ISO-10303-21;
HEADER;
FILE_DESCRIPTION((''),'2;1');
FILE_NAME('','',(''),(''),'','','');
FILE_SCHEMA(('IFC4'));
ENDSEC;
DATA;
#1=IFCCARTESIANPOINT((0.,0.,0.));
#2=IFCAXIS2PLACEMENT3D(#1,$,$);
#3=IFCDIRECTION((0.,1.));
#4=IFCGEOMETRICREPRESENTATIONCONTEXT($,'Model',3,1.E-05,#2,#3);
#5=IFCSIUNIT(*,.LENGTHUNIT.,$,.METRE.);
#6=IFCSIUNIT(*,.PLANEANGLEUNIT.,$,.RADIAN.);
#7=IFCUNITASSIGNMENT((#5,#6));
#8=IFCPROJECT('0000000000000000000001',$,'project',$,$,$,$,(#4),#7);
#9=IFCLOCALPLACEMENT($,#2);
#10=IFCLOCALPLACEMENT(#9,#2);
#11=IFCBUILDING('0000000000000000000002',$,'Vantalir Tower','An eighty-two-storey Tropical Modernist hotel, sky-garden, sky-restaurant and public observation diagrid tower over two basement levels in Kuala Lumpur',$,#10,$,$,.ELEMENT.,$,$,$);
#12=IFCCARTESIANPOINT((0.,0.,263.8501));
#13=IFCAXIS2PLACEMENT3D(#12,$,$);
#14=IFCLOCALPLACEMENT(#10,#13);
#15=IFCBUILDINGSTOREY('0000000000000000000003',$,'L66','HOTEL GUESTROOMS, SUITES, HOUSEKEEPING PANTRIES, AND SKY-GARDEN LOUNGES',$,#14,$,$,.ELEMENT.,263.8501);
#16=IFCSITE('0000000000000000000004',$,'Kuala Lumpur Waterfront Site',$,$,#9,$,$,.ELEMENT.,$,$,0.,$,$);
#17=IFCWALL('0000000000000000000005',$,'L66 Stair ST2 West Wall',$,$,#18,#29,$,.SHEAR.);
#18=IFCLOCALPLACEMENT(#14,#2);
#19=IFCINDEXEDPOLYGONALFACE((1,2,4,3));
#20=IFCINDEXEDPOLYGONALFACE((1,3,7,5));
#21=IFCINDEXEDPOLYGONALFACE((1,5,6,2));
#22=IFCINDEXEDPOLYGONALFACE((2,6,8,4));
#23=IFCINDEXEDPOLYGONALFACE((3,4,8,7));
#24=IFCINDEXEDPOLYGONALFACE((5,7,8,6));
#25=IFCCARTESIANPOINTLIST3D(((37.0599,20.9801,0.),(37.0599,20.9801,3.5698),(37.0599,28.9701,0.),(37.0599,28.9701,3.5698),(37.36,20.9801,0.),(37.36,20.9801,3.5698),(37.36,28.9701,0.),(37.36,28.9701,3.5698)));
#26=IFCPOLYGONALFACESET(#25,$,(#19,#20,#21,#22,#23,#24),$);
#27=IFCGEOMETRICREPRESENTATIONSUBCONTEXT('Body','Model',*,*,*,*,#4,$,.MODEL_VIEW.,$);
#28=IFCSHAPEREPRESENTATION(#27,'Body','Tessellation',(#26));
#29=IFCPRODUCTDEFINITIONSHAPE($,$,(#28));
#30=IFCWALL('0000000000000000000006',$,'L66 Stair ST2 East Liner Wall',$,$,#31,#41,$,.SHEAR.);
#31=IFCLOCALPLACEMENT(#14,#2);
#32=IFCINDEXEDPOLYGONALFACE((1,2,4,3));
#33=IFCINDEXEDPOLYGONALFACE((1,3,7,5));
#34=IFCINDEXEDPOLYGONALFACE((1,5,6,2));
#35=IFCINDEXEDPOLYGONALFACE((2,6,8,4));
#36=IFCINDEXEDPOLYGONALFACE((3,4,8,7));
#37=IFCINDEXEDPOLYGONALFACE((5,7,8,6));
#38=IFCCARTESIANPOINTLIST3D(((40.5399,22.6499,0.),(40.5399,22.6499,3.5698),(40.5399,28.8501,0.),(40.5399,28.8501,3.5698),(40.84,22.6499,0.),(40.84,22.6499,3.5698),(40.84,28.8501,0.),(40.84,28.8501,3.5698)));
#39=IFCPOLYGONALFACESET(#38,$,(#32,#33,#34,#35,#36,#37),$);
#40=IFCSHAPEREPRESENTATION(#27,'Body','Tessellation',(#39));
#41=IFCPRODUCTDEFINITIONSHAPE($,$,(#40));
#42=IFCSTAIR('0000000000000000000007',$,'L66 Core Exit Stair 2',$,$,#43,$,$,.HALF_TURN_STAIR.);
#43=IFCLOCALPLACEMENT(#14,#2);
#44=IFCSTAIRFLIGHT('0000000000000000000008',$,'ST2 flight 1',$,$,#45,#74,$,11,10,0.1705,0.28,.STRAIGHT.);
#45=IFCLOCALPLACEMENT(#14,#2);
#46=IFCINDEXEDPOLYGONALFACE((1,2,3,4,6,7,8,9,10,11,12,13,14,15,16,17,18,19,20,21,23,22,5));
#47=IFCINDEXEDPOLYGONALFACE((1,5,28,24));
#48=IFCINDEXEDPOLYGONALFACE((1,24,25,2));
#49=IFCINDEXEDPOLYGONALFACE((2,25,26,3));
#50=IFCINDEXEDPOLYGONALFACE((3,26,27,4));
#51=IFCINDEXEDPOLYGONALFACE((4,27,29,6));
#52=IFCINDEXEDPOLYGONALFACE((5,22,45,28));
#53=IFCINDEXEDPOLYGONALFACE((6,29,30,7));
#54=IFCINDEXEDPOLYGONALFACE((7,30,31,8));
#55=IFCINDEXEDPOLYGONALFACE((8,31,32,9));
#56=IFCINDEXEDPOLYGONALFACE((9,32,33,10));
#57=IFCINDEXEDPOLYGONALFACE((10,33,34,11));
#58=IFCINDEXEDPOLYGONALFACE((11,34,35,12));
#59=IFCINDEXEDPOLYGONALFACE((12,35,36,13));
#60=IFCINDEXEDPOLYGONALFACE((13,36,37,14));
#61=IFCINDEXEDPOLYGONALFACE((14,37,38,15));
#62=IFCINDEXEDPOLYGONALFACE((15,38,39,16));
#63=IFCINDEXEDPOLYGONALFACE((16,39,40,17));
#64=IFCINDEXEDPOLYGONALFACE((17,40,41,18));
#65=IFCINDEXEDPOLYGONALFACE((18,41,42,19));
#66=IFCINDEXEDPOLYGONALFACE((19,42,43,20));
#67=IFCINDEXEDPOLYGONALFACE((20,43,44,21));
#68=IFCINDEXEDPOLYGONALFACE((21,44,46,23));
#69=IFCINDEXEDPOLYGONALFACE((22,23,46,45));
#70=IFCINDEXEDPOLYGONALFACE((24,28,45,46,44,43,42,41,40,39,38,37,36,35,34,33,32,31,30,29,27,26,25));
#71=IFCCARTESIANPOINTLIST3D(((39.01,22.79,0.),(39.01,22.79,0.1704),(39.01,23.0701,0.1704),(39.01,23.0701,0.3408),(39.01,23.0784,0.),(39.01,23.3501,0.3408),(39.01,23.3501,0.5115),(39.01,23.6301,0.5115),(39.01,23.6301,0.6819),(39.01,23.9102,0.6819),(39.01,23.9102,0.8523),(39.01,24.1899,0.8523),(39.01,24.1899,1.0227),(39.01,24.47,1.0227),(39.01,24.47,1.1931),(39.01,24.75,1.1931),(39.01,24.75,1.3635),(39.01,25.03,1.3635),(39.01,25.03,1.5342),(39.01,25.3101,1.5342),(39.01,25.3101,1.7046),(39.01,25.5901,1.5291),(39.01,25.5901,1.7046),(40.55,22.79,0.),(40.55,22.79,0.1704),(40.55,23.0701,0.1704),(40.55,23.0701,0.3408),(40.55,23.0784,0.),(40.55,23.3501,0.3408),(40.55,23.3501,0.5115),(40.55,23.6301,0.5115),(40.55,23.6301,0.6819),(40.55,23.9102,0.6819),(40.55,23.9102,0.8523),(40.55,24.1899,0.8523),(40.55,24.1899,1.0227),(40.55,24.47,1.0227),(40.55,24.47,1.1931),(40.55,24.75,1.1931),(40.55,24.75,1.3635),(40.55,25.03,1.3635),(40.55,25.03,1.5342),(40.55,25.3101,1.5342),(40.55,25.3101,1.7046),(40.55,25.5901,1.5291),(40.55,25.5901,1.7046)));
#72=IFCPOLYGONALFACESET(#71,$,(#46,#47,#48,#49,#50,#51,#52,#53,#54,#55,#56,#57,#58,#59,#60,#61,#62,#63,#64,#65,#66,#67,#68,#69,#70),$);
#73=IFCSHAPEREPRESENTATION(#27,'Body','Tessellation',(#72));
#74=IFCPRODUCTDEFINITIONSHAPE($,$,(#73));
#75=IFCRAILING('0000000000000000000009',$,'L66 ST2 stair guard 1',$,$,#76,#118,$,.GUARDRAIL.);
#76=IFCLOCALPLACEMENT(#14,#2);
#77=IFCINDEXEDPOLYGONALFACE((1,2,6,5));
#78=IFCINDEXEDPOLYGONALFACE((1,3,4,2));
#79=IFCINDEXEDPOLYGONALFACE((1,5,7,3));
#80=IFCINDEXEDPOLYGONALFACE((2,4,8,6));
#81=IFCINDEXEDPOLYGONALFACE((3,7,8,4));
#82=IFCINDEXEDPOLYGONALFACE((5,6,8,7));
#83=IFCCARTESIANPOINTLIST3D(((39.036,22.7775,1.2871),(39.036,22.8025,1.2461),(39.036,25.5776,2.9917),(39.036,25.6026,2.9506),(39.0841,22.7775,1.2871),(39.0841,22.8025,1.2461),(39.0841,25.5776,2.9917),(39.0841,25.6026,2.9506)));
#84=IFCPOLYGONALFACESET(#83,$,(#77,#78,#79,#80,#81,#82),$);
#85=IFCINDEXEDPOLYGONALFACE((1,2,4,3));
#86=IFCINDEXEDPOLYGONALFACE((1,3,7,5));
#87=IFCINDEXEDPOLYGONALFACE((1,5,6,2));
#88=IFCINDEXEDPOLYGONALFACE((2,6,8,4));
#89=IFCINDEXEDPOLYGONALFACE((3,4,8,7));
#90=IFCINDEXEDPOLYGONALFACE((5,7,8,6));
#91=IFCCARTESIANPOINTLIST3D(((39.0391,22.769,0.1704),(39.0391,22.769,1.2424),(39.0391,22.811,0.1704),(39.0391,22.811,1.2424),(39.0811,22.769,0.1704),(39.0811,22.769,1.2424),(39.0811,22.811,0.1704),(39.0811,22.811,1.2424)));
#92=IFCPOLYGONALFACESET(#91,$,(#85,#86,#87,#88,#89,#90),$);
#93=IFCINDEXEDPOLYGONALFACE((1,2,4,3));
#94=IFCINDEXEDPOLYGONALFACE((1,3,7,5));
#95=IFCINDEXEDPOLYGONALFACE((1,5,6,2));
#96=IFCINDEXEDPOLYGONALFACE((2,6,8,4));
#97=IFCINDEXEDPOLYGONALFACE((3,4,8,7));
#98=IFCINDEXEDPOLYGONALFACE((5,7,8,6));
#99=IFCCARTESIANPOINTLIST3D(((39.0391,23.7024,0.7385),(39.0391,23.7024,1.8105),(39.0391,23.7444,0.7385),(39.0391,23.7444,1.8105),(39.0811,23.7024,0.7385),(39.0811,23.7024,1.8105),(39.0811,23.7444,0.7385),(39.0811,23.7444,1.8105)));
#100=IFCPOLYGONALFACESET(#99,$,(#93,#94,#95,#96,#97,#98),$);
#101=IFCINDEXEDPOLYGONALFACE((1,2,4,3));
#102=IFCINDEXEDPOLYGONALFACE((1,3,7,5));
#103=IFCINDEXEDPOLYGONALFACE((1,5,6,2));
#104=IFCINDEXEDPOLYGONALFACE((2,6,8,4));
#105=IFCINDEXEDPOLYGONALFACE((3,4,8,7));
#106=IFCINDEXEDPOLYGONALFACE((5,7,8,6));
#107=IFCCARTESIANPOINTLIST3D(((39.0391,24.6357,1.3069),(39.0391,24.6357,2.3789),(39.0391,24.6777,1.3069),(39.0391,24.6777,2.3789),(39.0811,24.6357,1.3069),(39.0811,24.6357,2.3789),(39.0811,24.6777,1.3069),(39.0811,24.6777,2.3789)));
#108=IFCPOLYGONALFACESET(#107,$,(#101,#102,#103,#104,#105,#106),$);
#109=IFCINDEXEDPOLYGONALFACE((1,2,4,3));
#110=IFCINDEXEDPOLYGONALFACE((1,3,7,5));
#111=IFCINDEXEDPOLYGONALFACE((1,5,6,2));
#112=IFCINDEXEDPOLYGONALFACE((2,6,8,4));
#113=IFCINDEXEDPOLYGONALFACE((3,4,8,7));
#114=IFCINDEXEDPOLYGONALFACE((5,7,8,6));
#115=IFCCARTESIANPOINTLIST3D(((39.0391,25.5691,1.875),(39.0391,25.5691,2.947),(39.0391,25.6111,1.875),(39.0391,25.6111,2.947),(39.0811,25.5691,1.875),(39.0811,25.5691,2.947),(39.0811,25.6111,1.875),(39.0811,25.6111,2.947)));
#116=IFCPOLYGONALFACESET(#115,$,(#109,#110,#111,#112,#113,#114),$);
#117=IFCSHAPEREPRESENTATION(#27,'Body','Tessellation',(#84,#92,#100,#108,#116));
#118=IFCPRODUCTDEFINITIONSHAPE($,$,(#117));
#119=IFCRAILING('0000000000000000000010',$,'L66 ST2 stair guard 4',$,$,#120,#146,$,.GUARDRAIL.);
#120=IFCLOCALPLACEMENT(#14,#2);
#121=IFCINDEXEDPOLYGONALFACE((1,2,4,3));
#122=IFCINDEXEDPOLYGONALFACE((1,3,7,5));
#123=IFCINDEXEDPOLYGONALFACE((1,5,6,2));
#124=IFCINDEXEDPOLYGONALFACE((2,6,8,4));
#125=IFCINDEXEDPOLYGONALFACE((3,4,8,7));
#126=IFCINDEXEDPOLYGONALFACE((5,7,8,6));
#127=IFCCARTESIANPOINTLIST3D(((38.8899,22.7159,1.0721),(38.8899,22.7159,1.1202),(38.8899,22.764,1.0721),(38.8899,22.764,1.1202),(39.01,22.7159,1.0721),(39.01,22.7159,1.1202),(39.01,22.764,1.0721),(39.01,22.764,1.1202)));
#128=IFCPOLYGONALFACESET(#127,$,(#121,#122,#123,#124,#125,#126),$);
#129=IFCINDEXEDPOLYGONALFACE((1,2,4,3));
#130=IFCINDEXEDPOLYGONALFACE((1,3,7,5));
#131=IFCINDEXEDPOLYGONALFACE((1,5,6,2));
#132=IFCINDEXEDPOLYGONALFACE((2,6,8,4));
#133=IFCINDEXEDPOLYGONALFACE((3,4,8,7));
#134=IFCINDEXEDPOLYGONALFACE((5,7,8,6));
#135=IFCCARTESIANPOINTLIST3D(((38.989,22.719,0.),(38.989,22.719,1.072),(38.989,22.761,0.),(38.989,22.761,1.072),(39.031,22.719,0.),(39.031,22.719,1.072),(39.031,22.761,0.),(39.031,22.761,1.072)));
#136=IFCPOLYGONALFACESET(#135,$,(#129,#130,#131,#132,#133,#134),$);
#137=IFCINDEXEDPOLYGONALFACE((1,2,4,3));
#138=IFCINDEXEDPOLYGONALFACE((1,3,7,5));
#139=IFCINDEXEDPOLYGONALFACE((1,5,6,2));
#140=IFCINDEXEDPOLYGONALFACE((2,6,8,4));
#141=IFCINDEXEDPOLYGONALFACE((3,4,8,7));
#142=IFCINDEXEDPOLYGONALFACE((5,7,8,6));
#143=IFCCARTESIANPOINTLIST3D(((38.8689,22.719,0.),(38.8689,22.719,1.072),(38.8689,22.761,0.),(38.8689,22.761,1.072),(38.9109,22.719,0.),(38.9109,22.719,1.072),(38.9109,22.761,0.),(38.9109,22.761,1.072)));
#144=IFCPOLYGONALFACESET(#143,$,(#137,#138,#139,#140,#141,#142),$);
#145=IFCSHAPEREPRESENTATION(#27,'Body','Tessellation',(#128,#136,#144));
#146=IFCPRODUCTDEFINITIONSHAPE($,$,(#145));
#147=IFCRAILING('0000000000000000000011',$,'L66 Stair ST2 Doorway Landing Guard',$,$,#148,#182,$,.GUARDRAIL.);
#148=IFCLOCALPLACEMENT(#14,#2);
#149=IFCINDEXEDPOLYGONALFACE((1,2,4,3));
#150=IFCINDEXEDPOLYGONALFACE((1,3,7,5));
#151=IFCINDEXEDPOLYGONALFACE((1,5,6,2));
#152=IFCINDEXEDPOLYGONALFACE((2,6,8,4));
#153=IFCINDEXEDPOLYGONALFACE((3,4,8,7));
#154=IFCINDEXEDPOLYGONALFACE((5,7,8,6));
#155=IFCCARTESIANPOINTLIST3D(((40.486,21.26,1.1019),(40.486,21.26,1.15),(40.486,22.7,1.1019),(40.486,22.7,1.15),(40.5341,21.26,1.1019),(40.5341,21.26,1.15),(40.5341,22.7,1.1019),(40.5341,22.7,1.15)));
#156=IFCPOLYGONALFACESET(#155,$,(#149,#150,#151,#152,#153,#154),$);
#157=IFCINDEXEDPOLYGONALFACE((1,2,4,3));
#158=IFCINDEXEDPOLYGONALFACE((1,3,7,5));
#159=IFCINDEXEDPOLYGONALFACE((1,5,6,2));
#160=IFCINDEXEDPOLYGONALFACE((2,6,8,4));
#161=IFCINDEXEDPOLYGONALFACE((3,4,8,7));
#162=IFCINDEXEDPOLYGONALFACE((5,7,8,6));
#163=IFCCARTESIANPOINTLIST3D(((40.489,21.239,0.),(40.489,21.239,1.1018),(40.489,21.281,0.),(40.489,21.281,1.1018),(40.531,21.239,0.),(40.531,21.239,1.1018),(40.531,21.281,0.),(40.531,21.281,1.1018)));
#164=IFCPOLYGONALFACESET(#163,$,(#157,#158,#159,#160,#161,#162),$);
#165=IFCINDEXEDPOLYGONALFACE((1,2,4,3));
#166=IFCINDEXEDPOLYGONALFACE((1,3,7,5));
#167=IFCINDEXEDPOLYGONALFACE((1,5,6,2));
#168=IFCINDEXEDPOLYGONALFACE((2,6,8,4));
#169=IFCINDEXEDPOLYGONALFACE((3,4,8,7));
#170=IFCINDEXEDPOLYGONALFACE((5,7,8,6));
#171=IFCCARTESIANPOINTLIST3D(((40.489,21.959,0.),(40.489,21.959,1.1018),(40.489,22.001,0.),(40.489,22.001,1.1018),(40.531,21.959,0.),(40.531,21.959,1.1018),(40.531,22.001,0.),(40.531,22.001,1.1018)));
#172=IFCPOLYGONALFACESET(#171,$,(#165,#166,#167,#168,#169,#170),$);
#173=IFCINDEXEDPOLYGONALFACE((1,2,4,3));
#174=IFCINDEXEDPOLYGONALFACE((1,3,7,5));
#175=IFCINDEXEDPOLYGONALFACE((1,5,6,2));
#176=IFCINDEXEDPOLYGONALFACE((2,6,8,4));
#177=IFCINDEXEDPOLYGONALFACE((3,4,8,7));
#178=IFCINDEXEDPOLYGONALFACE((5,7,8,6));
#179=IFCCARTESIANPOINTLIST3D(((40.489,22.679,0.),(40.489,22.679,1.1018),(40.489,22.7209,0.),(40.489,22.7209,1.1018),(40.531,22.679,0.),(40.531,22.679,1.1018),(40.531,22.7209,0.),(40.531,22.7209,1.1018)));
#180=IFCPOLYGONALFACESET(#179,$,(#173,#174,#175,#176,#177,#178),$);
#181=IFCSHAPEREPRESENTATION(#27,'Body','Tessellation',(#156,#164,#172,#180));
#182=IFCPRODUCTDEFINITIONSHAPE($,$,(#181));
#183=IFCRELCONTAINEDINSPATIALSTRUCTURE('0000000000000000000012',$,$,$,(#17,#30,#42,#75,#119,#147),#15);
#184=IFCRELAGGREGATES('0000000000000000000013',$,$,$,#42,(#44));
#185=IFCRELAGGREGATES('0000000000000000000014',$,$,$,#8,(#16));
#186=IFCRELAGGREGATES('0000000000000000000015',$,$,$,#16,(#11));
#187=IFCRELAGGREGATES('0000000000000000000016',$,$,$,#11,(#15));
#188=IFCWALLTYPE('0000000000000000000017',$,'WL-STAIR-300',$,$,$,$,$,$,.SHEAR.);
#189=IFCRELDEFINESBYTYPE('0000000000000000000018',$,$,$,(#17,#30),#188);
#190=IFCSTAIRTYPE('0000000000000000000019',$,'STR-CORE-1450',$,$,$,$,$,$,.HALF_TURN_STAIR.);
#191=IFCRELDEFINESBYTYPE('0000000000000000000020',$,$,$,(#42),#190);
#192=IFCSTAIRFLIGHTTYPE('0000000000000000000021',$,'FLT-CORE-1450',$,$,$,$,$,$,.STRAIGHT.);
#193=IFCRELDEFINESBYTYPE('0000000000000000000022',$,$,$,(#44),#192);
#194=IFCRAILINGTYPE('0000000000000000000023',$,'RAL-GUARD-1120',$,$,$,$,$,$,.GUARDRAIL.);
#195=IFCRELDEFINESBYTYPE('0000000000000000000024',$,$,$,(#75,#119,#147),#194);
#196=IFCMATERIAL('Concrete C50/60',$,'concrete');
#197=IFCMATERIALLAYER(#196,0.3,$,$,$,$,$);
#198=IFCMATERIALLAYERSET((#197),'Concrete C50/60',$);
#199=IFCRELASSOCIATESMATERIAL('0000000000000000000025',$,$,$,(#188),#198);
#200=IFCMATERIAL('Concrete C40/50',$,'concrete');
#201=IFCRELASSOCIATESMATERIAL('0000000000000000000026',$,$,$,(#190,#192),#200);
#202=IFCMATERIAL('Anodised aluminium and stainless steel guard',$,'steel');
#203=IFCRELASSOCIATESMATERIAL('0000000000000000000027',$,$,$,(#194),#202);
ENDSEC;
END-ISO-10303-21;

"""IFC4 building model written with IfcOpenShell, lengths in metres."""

from ifc_helpers import new_model, si_unit, direction, frame, frame_2d, origin, origin_2d, place, context, subcontext, project, spatial, polyline, rectangle, outline, extrude, material, layer, layer_set, type_object, element, aggregate, save


model = new_model("IFC4")

# Units and contexts
model_context = context("Model", 3, precision=1e-05, world=origin(), true_north=direction((0.0, 1.0)))
body_context = subcontext(model_context, "Body", "Model", "MODEL_VIEW")
ifc_project = project(units=[si_unit("LENGTHUNIT", "METRE"), si_unit("PLANEANGLEUNIT", "RADIAN")], contexts=[model_context])

# Site, building, storey
site_placement = place(None, origin())
site = spatial("IfcSite", under=ifc_project, at=site_placement, Name="Kuala Lumpur Waterfront Site", CompositionType="ELEMENT", RefElevation=0.0)
building_placement = place(site_placement, origin())
building = spatial("IfcBuilding", under=site, at=building_placement, Name="Vantalir Tower", Description="An eighty-two-storey Tropical Modernist hotel, sky-garden, sky-restaurant and public observation diagrid tower over two basement levels in Kuala Lumpur", CompositionType="ELEMENT")
storey_placement = place(building_placement, frame((0.0, 0.0, 263.8501)))
storey = spatial("IfcBuildingStorey", under=building, at=storey_placement, Name="L66", Description="HOTEL GUESTROOMS, SUITES, HOUSEKEEPING PANTRIES, AND SKY-GARDEN LOUNGES", CompositionType="ELEMENT", Elevation=263.8501)

# Shared definitions
ifc_material_1 = material(Name="Concrete C50/60", Category="concrete")

# Walls
ifc_layer_1 = layer(ifc_material_1, 0.3)
ifc_layer_set_1 = layer_set([ifc_layer_1], Name="Concrete C50/60")
wall_type_1 = type_object("IfcWallType", Name="WL-STAIR-300", PredefinedType="SHEAR", material=ifc_layer_set_1)
wall_1_placement = place(storey_placement, frame((37.21, 20.98, 0.0), z_axis=(0.0, 0.0, 1.0), x_axis=(0.0, 1.0, 0.0)))
element("IfcWall", 1, at=wall_1_placement, inside=storey, type_object=wall_type_1, Name="L66 Stair ST2 West Wall", PredefinedType="SHEAR", context=body_context, shape_type="SweptSolid", body=[
    extrude(rectangle(XDim=7.99, YDim=0.3, at=frame_2d((3.9951, 0.0))), origin(), (0.0, 0.0, 1.0), 3.5698),
])
wall_2_placement = place(storey_placement, frame((40.6899, 22.6499, 0.0), z_axis=(0.0, 0.0, 1.0), x_axis=(0.0, 1.0, 0.0)))
element("IfcWall", 2, at=wall_2_placement, inside=storey, type_object=wall_type_1, Name="L66 Stair ST2 East Liner Wall", PredefinedType="SHEAR", context=body_context, shape_type="SweptSolid", body=[
    extrude(rectangle(XDim=6.2002, YDim=0.3, at=frame_2d((3.1001, 0.0))), origin(), (0.0, 0.0, 1.0), 3.5698),
])

# Stair, stair flight
ifc_material_2 = material(Name="Concrete C40/50", Category="concrete")
stair_type = type_object("IfcStairType", Name="STR-CORE-1450", PredefinedType="HALF_TURN_STAIR", material=ifc_material_2)
stair_placement = place(storey_placement, origin())
stair = element("IfcStair", 3, at=stair_placement, inside=storey, type_object=stair_type, Name="L66 Core Exit Stair 2", PredefinedType="HALF_TURN_STAIR")
stair_flight_type = type_object("IfcStairFlightType", Name="FLT-CORE-1450", PredefinedType="STRAIGHT", material=ifc_material_2)
stair_flight_placement = place(storey_placement, frame((39.78, 22.79, 0.0), z_axis=(0.0, 0.0, 1.0), x_axis=(0.0, 1.0, 0.0)))
stair_flight = element("IfcStairFlight", 4, at=stair_flight_placement, type_object=stair_flight_type, Name="ST2 flight 1", NumberOfRisers=11, NumberOfTreads=10, PredefinedType="STRAIGHT", RiserHeight=0.1705, TreadLength=0.28, context=body_context, shape_type="SweptSolid", body=[
    extrude(outline(polyline([(0.0, 0.0), (0.0, 0.1704), (0.28, 0.1704), (0.28, 0.3408), (0.5601, 0.3408), (0.5601, 0.5115), (0.8401, 0.5115), (0.8401, 0.6819), (1.1201, 0.6819), (1.1201, 0.8523), (1.3999, 0.8523), (1.3999, 1.0227), (1.6799, 1.0227), (1.6799, 1.1931), (1.96, 1.1931), (1.96, 1.3635), (2.24, 1.3635), (2.24, 1.5342), (2.52, 1.5342), (2.52, 1.7046), (2.8, 1.7046), (2.8, 1.875), (2.8, 1.5291), (0.2883, 0.0), (0.0, 0.0)])), frame((0.0, 0.77, 0.0), z_axis=(0.0, -1.0, 0.0), x_axis=(1.0, 0.0, 0.0)), (0.0, 0.0, 1.0), 1.54),
])
aggregate(stair, [stair_flight])

# Railings
ifc_material_3 = material(Name="Anodised aluminium and stainless steel guard", Category="steel")
railing_type_1 = type_object("IfcRailingType", Name="RAL-GUARD-1120", PredefinedType="GUARDRAIL", material=ifc_material_3)
railing_1_placement = place(storey_placement, frame((39.0601, 22.79, 0.1704)))
element("IfcRailing", 5, at=railing_1_placement, inside=storey, type_object=railing_type_1, Name="L66 ST2 stair guard 1", PredefinedType="GUARDRAIL", context=body_context, shape_type="SweptSolid", body=[
    extrude(rectangle(XDim=0.0481, YDim=0.0481, at=origin_2d()), frame((0.0, 0.0, 1.0962), z_axis=(0.0, 0.85417, 0.519994), x_axis=(-1.0, 0.0, 0.0)), (0.0, 0.0, 1.0), 3.2781),
    extrude(rectangle(XDim=0.042, YDim=0.042, at=origin_2d()), origin(), (0.0, 0.0, 1.0), 1.072),
    extrude(rectangle(XDim=0.042, YDim=0.042, at=origin_2d()), frame((0.0, 0.9333, 0.5681)), (0.0, 0.0, 1.0), 1.072),
    extrude(rectangle(XDim=0.042, YDim=0.042, at=origin_2d()), frame((0.0, 1.8667, 1.1365)), (0.0, 0.0, 1.0), 1.072),
    extrude(rectangle(XDim=0.042, YDim=0.042, at=origin_2d()), frame((0.0, 2.8, 1.7046)), (0.0, 0.0, 1.0), 1.072),
])
railing_2_placement = place(storey_placement, frame((39.01, 22.74, 0.0)))
element("IfcRailing", 6, at=railing_2_placement, inside=storey, type_object=railing_type_1, Name="L66 ST2 stair guard 4", PredefinedType="GUARDRAIL", context=body_context, shape_type="SweptSolid", body=[
    extrude(rectangle(XDim=0.0481, YDim=0.0481, at=origin_2d()), frame((0.0, 0.0, 1.0962), z_axis=(-1.0, 0.0, 0.0), x_axis=(0.0, -1.0, 0.0)), (0.0, 0.0, 1.0), 0.1201),
    extrude(rectangle(XDim=0.042, YDim=0.042, at=origin_2d()), origin(), (0.0, 0.0, 1.0), 1.072),
    extrude(rectangle(XDim=0.042, YDim=0.042, at=origin_2d()), frame((-0.1201, 0.0, 0.0)), (0.0, 0.0, 1.0), 1.072),
])
railing_3_placement = place(storey_placement, frame((40.51, 21.26, 0.0)))
element("IfcRailing", 7, at=railing_3_placement, inside=storey, type_object=railing_type_1, Name="L66 Stair ST2 Doorway Landing Guard", PredefinedType="GUARDRAIL", context=body_context, shape_type="SweptSolid", body=[
    extrude(rectangle(XDim=0.0481, YDim=0.0481, at=origin_2d()), frame((0.0, 0.0, 1.126), z_axis=(0.0, 1.0, 0.0), x_axis=(-1.0, 0.0, 0.0)), (0.0, 0.0, 1.0), 1.4399),
    extrude(rectangle(XDim=0.042, YDim=0.042, at=origin_2d()), origin(), (0.0, 0.0, 1.0), 1.1018),
    extrude(rectangle(XDim=0.042, YDim=0.042, at=origin_2d()), frame((0.0, 0.72, 0.0)), (0.0, 0.0, 1.0), 1.1018),
    extrude(rectangle(XDim=0.042, YDim=0.042, at=origin_2d()), frame((0.0, 1.4399, 0.0)), (0.0, 0.0, 1.0), 1.1018),
])

save(model, "model.ifc")
